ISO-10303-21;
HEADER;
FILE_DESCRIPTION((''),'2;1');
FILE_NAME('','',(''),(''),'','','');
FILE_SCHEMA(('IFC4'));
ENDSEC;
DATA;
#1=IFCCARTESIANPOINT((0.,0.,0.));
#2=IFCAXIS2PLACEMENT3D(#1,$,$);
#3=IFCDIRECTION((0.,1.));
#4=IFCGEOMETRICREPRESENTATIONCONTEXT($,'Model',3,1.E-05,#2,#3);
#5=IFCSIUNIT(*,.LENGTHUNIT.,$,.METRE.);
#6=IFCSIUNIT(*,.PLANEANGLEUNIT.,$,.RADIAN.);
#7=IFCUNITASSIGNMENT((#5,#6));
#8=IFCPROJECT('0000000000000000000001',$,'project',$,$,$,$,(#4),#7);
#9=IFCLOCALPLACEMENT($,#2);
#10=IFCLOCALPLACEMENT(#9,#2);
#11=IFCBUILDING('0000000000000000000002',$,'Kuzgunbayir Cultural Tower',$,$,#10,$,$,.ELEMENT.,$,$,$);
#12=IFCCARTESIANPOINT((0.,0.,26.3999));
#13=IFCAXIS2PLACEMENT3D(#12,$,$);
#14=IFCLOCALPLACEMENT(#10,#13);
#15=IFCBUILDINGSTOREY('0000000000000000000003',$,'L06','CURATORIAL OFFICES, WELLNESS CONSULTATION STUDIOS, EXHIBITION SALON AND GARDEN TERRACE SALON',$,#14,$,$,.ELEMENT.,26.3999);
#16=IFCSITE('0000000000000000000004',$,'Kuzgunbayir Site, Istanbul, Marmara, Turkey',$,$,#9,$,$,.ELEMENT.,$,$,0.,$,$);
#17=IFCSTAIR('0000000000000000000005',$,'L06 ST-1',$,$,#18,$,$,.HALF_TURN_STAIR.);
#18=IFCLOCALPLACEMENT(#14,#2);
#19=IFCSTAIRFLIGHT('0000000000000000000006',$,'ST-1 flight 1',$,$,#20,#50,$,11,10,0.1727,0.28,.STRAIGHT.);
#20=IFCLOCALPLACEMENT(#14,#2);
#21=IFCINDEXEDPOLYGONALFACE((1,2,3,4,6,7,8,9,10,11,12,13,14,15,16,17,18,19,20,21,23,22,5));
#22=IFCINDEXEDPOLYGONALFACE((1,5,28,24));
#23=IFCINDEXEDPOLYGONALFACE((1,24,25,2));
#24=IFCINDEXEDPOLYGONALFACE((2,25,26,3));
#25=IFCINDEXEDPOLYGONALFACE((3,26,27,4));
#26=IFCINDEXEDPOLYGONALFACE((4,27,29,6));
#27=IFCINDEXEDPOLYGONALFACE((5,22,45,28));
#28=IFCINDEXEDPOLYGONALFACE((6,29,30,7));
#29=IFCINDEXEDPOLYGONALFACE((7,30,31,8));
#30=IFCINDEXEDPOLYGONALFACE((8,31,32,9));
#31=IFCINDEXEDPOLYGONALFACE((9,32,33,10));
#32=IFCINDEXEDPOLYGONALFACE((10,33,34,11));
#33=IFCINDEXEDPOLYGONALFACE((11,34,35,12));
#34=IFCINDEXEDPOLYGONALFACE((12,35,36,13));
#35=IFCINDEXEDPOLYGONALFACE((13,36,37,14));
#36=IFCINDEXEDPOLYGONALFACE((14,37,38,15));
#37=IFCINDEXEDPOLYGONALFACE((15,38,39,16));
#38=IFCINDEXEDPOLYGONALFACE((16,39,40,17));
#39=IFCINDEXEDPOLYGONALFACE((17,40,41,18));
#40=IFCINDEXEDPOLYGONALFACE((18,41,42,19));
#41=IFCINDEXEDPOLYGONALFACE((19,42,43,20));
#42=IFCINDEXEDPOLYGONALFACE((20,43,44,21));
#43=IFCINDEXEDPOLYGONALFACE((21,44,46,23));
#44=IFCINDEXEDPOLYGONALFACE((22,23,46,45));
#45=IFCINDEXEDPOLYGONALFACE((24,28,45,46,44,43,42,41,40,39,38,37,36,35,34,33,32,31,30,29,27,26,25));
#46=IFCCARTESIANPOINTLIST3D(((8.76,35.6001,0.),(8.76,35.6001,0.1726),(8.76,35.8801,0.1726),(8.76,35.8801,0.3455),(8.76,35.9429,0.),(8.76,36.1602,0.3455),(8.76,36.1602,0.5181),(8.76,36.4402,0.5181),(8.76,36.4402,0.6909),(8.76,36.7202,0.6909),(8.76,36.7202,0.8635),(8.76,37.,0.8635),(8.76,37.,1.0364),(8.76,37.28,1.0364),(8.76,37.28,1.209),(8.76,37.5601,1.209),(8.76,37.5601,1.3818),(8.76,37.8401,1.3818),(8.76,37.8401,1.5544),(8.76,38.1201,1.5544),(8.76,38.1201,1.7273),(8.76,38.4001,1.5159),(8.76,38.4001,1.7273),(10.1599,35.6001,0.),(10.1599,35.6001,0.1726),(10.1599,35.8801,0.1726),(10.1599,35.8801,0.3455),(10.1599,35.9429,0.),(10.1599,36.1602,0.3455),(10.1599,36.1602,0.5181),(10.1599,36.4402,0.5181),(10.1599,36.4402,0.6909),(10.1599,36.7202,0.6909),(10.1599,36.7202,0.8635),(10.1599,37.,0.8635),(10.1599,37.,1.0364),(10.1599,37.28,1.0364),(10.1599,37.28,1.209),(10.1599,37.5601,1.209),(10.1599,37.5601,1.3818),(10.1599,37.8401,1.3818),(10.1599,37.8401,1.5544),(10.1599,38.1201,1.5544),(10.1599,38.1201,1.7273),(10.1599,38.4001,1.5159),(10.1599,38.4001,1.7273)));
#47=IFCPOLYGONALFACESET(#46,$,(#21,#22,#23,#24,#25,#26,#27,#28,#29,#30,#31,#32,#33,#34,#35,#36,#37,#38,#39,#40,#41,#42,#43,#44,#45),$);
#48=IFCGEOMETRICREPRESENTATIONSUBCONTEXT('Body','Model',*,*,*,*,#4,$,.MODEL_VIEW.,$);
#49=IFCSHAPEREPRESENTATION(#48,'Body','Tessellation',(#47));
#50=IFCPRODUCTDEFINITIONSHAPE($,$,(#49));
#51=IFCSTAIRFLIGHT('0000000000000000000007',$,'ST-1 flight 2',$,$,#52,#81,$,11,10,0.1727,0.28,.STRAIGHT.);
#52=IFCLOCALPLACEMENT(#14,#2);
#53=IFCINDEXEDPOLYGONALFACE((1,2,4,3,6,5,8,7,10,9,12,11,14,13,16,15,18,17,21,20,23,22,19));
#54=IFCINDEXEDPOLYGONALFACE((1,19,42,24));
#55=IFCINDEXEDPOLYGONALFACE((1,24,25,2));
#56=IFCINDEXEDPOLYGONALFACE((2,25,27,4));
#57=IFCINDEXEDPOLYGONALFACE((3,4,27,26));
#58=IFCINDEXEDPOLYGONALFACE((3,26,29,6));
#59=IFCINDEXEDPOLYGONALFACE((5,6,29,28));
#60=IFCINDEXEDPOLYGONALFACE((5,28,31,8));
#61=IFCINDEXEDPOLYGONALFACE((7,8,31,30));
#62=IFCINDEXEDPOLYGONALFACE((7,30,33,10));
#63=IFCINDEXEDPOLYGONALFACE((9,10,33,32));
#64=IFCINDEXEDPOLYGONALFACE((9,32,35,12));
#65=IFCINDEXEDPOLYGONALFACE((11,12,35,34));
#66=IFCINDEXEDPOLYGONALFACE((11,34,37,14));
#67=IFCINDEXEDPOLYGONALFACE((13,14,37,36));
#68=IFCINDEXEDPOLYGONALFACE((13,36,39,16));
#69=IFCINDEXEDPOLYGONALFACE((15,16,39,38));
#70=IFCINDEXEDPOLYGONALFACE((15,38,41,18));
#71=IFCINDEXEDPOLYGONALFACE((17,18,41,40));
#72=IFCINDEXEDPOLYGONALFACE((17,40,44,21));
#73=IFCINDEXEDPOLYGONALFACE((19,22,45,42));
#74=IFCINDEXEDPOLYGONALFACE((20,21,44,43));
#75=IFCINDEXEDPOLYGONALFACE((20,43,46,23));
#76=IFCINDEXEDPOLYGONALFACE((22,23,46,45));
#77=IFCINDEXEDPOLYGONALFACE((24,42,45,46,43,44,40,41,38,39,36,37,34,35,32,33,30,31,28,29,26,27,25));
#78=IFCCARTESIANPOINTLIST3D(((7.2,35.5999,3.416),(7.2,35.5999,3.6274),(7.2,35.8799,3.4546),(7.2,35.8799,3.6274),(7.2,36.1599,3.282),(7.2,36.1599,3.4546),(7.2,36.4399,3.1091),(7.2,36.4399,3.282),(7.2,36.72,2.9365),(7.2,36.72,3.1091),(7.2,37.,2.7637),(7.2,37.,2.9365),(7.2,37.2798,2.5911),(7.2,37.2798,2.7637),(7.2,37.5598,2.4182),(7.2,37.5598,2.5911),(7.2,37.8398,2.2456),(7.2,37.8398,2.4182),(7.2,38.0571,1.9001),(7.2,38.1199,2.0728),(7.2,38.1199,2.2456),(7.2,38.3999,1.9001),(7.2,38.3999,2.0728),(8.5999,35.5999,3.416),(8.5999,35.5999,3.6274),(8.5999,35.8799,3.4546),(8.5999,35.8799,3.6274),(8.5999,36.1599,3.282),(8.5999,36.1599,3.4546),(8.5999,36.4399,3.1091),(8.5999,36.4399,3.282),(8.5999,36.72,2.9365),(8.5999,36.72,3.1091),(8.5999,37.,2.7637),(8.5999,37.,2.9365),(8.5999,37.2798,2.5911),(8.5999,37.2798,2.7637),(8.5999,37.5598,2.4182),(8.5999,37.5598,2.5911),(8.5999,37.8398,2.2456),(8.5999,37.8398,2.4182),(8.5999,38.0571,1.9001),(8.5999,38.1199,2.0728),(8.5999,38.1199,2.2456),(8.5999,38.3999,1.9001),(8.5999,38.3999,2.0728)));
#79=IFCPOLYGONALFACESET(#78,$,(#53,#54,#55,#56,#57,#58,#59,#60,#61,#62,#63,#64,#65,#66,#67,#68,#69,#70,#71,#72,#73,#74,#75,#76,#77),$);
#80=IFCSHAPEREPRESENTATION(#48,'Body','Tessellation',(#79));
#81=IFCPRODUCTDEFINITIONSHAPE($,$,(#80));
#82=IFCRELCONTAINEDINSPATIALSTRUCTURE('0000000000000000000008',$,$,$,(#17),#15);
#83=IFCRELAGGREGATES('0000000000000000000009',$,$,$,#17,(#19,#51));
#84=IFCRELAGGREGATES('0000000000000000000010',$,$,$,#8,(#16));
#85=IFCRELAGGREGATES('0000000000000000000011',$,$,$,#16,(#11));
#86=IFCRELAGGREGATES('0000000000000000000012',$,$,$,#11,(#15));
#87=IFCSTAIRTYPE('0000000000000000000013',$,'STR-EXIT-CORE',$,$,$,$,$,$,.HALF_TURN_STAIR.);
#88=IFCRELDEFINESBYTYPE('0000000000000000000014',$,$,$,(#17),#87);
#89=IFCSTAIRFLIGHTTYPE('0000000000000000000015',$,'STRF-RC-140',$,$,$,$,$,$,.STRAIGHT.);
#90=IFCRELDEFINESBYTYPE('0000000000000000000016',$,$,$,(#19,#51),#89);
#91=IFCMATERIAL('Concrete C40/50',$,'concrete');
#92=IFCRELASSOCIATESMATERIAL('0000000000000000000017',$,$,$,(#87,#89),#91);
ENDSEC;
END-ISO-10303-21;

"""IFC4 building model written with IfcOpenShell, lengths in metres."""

from ifc_helpers import new_model, si_unit, direction, frame, origin, place, context, subcontext, project, spatial, polyline, outline, extrude, material, type_object, element, aggregate, save


model = new_model("IFC4")

# Units and contexts
model_context = context("Model", 3, precision=1e-05, world=origin(), true_north=direction((0.0, 1.0)))
body_context = subcontext(model_context, "Body", "Model", "MODEL_VIEW")
ifc_project = project(units=[si_unit("LENGTHUNIT", "METRE"), si_unit("PLANEANGLEUNIT", "RADIAN")], contexts=[model_context])

# Site, building, storey
site_placement = place(None, origin())
site = spatial("IfcSite", under=ifc_project, at=site_placement, Name="Kuzgunbayir Site, Istanbul, Marmara, Turkey", CompositionType="ELEMENT", RefElevation=0.0)
building_placement = place(site_placement, origin())
building = spatial("IfcBuilding", under=site, at=building_placement, Name="Kuzgunbayir Cultural Tower", CompositionType="ELEMENT")
storey_placement = place(building_placement, frame((0.0, 0.0, 26.3999)))
storey = spatial("IfcBuildingStorey", under=building, at=storey_placement, Name="L06", Description="CURATORIAL OFFICES, WELLNESS CONSULTATION STUDIOS, EXHIBITION SALON AND GARDEN TERRACE SALON", CompositionType="ELEMENT", Elevation=26.3999)

# Shared definitions
ifc_material_1 = material(Name="Concrete C40/50", Category="concrete")

# Stair, stair flights
stair_type = type_object("IfcStairType", Name="STR-EXIT-CORE", PredefinedType="HALF_TURN_STAIR", material=ifc_material_1)
stair_placement = place(storey_placement, origin())
stair = element("IfcStair", 1, at=stair_placement, inside=storey, type_object=stair_type, Name="L06 ST-1", PredefinedType="HALF_TURN_STAIR")
stair_flight_type = type_object("IfcStairFlightType", Name="STRF-RC-140", PredefinedType="STRAIGHT", material=ifc_material_1)
stair_flight_1_placement = place(storey_placement, frame((9.46, 35.6001, 0.0), z_axis=(0.0, 0.0, 1.0), x_axis=(0.0, 1.0, 0.0)))
stair_flight_1 = element("IfcStairFlight", 2, at=stair_flight_1_placement, type_object=stair_flight_type, Name="ST-1 flight 1", NumberOfRisers=11, NumberOfTreads=10, PredefinedType="STRAIGHT", RiserHeight=0.1727, TreadLength=0.28, context=body_context, shape_type="SweptSolid", body=[
    extrude(outline(polyline([(0.0, 0.0), (0.0, 0.1726), (0.28, 0.1726), (0.28, 0.3455), (0.5601, 0.3455), (0.5601, 0.5181), (0.8401, 0.5181), (0.8401, 0.6909), (1.1201, 0.6909), (1.1201, 0.8635), (1.3999, 0.8635), (1.3999, 1.0364), (1.6799, 1.0364), (1.6799, 1.209), (1.96, 1.209), (1.96, 1.3818), (2.24, 1.3818), (2.24, 1.5544), (2.52, 1.5544), (2.52, 1.7273), (2.8, 1.7273), (2.8, 1.8999), (2.8, 1.5159), (0.3428, 0.0), (0.0, 0.0)])), frame((0.0, 0.7, 0.0), z_axis=(0.0, -1.0, 0.0), x_axis=(1.0, 0.0, 0.0)), (0.0, 0.0, 1.0), 1.3999),
])
stair_flight_2_placement = place(storey_placement, frame((7.8999, 38.3999, 1.9001), z_axis=(0.0, 0.0, 1.0), x_axis=(0.0, -1.0, 0.0)))
stair_flight_2 = element("IfcStairFlight", 3, at=stair_flight_2_placement, type_object=stair_flight_type, Name="ST-1 flight 2", NumberOfRisers=11, NumberOfTreads=10, PredefinedType="STRAIGHT", RiserHeight=0.1727, TreadLength=0.28, context=body_context, shape_type="SweptSolid", body=[
    extrude(outline(polyline([(0.0, 0.0), (0.0, 0.1726), (0.28, 0.1726), (0.28, 0.3455), (0.5601, 0.3455), (0.5601, 0.5181), (0.8401, 0.5181), (0.8401, 0.6909), (1.1201, 0.6909), (1.1201, 0.8635), (1.3999, 0.8635), (1.3999, 1.0364), (1.6799, 1.0364), (1.6799, 1.209), (1.96, 1.209), (1.96, 1.3818), (2.24, 1.3818), (2.24, 1.5544), (2.52, 1.5544), (2.52, 1.7273), (2.8, 1.7273), (2.8, 1.8999), (2.8, 1.5159), (0.3428, 0.0), (0.0, 0.0)])), frame((0.0, 0.7, 0.0), z_axis=(0.0, -1.0, 0.0), x_axis=(1.0, 0.0, 0.0)), (0.0, 0.0, 1.0), 1.3999),
])
aggregate(stair, [stair_flight_1, stair_flight_2])

save(model, "model.ifc")
